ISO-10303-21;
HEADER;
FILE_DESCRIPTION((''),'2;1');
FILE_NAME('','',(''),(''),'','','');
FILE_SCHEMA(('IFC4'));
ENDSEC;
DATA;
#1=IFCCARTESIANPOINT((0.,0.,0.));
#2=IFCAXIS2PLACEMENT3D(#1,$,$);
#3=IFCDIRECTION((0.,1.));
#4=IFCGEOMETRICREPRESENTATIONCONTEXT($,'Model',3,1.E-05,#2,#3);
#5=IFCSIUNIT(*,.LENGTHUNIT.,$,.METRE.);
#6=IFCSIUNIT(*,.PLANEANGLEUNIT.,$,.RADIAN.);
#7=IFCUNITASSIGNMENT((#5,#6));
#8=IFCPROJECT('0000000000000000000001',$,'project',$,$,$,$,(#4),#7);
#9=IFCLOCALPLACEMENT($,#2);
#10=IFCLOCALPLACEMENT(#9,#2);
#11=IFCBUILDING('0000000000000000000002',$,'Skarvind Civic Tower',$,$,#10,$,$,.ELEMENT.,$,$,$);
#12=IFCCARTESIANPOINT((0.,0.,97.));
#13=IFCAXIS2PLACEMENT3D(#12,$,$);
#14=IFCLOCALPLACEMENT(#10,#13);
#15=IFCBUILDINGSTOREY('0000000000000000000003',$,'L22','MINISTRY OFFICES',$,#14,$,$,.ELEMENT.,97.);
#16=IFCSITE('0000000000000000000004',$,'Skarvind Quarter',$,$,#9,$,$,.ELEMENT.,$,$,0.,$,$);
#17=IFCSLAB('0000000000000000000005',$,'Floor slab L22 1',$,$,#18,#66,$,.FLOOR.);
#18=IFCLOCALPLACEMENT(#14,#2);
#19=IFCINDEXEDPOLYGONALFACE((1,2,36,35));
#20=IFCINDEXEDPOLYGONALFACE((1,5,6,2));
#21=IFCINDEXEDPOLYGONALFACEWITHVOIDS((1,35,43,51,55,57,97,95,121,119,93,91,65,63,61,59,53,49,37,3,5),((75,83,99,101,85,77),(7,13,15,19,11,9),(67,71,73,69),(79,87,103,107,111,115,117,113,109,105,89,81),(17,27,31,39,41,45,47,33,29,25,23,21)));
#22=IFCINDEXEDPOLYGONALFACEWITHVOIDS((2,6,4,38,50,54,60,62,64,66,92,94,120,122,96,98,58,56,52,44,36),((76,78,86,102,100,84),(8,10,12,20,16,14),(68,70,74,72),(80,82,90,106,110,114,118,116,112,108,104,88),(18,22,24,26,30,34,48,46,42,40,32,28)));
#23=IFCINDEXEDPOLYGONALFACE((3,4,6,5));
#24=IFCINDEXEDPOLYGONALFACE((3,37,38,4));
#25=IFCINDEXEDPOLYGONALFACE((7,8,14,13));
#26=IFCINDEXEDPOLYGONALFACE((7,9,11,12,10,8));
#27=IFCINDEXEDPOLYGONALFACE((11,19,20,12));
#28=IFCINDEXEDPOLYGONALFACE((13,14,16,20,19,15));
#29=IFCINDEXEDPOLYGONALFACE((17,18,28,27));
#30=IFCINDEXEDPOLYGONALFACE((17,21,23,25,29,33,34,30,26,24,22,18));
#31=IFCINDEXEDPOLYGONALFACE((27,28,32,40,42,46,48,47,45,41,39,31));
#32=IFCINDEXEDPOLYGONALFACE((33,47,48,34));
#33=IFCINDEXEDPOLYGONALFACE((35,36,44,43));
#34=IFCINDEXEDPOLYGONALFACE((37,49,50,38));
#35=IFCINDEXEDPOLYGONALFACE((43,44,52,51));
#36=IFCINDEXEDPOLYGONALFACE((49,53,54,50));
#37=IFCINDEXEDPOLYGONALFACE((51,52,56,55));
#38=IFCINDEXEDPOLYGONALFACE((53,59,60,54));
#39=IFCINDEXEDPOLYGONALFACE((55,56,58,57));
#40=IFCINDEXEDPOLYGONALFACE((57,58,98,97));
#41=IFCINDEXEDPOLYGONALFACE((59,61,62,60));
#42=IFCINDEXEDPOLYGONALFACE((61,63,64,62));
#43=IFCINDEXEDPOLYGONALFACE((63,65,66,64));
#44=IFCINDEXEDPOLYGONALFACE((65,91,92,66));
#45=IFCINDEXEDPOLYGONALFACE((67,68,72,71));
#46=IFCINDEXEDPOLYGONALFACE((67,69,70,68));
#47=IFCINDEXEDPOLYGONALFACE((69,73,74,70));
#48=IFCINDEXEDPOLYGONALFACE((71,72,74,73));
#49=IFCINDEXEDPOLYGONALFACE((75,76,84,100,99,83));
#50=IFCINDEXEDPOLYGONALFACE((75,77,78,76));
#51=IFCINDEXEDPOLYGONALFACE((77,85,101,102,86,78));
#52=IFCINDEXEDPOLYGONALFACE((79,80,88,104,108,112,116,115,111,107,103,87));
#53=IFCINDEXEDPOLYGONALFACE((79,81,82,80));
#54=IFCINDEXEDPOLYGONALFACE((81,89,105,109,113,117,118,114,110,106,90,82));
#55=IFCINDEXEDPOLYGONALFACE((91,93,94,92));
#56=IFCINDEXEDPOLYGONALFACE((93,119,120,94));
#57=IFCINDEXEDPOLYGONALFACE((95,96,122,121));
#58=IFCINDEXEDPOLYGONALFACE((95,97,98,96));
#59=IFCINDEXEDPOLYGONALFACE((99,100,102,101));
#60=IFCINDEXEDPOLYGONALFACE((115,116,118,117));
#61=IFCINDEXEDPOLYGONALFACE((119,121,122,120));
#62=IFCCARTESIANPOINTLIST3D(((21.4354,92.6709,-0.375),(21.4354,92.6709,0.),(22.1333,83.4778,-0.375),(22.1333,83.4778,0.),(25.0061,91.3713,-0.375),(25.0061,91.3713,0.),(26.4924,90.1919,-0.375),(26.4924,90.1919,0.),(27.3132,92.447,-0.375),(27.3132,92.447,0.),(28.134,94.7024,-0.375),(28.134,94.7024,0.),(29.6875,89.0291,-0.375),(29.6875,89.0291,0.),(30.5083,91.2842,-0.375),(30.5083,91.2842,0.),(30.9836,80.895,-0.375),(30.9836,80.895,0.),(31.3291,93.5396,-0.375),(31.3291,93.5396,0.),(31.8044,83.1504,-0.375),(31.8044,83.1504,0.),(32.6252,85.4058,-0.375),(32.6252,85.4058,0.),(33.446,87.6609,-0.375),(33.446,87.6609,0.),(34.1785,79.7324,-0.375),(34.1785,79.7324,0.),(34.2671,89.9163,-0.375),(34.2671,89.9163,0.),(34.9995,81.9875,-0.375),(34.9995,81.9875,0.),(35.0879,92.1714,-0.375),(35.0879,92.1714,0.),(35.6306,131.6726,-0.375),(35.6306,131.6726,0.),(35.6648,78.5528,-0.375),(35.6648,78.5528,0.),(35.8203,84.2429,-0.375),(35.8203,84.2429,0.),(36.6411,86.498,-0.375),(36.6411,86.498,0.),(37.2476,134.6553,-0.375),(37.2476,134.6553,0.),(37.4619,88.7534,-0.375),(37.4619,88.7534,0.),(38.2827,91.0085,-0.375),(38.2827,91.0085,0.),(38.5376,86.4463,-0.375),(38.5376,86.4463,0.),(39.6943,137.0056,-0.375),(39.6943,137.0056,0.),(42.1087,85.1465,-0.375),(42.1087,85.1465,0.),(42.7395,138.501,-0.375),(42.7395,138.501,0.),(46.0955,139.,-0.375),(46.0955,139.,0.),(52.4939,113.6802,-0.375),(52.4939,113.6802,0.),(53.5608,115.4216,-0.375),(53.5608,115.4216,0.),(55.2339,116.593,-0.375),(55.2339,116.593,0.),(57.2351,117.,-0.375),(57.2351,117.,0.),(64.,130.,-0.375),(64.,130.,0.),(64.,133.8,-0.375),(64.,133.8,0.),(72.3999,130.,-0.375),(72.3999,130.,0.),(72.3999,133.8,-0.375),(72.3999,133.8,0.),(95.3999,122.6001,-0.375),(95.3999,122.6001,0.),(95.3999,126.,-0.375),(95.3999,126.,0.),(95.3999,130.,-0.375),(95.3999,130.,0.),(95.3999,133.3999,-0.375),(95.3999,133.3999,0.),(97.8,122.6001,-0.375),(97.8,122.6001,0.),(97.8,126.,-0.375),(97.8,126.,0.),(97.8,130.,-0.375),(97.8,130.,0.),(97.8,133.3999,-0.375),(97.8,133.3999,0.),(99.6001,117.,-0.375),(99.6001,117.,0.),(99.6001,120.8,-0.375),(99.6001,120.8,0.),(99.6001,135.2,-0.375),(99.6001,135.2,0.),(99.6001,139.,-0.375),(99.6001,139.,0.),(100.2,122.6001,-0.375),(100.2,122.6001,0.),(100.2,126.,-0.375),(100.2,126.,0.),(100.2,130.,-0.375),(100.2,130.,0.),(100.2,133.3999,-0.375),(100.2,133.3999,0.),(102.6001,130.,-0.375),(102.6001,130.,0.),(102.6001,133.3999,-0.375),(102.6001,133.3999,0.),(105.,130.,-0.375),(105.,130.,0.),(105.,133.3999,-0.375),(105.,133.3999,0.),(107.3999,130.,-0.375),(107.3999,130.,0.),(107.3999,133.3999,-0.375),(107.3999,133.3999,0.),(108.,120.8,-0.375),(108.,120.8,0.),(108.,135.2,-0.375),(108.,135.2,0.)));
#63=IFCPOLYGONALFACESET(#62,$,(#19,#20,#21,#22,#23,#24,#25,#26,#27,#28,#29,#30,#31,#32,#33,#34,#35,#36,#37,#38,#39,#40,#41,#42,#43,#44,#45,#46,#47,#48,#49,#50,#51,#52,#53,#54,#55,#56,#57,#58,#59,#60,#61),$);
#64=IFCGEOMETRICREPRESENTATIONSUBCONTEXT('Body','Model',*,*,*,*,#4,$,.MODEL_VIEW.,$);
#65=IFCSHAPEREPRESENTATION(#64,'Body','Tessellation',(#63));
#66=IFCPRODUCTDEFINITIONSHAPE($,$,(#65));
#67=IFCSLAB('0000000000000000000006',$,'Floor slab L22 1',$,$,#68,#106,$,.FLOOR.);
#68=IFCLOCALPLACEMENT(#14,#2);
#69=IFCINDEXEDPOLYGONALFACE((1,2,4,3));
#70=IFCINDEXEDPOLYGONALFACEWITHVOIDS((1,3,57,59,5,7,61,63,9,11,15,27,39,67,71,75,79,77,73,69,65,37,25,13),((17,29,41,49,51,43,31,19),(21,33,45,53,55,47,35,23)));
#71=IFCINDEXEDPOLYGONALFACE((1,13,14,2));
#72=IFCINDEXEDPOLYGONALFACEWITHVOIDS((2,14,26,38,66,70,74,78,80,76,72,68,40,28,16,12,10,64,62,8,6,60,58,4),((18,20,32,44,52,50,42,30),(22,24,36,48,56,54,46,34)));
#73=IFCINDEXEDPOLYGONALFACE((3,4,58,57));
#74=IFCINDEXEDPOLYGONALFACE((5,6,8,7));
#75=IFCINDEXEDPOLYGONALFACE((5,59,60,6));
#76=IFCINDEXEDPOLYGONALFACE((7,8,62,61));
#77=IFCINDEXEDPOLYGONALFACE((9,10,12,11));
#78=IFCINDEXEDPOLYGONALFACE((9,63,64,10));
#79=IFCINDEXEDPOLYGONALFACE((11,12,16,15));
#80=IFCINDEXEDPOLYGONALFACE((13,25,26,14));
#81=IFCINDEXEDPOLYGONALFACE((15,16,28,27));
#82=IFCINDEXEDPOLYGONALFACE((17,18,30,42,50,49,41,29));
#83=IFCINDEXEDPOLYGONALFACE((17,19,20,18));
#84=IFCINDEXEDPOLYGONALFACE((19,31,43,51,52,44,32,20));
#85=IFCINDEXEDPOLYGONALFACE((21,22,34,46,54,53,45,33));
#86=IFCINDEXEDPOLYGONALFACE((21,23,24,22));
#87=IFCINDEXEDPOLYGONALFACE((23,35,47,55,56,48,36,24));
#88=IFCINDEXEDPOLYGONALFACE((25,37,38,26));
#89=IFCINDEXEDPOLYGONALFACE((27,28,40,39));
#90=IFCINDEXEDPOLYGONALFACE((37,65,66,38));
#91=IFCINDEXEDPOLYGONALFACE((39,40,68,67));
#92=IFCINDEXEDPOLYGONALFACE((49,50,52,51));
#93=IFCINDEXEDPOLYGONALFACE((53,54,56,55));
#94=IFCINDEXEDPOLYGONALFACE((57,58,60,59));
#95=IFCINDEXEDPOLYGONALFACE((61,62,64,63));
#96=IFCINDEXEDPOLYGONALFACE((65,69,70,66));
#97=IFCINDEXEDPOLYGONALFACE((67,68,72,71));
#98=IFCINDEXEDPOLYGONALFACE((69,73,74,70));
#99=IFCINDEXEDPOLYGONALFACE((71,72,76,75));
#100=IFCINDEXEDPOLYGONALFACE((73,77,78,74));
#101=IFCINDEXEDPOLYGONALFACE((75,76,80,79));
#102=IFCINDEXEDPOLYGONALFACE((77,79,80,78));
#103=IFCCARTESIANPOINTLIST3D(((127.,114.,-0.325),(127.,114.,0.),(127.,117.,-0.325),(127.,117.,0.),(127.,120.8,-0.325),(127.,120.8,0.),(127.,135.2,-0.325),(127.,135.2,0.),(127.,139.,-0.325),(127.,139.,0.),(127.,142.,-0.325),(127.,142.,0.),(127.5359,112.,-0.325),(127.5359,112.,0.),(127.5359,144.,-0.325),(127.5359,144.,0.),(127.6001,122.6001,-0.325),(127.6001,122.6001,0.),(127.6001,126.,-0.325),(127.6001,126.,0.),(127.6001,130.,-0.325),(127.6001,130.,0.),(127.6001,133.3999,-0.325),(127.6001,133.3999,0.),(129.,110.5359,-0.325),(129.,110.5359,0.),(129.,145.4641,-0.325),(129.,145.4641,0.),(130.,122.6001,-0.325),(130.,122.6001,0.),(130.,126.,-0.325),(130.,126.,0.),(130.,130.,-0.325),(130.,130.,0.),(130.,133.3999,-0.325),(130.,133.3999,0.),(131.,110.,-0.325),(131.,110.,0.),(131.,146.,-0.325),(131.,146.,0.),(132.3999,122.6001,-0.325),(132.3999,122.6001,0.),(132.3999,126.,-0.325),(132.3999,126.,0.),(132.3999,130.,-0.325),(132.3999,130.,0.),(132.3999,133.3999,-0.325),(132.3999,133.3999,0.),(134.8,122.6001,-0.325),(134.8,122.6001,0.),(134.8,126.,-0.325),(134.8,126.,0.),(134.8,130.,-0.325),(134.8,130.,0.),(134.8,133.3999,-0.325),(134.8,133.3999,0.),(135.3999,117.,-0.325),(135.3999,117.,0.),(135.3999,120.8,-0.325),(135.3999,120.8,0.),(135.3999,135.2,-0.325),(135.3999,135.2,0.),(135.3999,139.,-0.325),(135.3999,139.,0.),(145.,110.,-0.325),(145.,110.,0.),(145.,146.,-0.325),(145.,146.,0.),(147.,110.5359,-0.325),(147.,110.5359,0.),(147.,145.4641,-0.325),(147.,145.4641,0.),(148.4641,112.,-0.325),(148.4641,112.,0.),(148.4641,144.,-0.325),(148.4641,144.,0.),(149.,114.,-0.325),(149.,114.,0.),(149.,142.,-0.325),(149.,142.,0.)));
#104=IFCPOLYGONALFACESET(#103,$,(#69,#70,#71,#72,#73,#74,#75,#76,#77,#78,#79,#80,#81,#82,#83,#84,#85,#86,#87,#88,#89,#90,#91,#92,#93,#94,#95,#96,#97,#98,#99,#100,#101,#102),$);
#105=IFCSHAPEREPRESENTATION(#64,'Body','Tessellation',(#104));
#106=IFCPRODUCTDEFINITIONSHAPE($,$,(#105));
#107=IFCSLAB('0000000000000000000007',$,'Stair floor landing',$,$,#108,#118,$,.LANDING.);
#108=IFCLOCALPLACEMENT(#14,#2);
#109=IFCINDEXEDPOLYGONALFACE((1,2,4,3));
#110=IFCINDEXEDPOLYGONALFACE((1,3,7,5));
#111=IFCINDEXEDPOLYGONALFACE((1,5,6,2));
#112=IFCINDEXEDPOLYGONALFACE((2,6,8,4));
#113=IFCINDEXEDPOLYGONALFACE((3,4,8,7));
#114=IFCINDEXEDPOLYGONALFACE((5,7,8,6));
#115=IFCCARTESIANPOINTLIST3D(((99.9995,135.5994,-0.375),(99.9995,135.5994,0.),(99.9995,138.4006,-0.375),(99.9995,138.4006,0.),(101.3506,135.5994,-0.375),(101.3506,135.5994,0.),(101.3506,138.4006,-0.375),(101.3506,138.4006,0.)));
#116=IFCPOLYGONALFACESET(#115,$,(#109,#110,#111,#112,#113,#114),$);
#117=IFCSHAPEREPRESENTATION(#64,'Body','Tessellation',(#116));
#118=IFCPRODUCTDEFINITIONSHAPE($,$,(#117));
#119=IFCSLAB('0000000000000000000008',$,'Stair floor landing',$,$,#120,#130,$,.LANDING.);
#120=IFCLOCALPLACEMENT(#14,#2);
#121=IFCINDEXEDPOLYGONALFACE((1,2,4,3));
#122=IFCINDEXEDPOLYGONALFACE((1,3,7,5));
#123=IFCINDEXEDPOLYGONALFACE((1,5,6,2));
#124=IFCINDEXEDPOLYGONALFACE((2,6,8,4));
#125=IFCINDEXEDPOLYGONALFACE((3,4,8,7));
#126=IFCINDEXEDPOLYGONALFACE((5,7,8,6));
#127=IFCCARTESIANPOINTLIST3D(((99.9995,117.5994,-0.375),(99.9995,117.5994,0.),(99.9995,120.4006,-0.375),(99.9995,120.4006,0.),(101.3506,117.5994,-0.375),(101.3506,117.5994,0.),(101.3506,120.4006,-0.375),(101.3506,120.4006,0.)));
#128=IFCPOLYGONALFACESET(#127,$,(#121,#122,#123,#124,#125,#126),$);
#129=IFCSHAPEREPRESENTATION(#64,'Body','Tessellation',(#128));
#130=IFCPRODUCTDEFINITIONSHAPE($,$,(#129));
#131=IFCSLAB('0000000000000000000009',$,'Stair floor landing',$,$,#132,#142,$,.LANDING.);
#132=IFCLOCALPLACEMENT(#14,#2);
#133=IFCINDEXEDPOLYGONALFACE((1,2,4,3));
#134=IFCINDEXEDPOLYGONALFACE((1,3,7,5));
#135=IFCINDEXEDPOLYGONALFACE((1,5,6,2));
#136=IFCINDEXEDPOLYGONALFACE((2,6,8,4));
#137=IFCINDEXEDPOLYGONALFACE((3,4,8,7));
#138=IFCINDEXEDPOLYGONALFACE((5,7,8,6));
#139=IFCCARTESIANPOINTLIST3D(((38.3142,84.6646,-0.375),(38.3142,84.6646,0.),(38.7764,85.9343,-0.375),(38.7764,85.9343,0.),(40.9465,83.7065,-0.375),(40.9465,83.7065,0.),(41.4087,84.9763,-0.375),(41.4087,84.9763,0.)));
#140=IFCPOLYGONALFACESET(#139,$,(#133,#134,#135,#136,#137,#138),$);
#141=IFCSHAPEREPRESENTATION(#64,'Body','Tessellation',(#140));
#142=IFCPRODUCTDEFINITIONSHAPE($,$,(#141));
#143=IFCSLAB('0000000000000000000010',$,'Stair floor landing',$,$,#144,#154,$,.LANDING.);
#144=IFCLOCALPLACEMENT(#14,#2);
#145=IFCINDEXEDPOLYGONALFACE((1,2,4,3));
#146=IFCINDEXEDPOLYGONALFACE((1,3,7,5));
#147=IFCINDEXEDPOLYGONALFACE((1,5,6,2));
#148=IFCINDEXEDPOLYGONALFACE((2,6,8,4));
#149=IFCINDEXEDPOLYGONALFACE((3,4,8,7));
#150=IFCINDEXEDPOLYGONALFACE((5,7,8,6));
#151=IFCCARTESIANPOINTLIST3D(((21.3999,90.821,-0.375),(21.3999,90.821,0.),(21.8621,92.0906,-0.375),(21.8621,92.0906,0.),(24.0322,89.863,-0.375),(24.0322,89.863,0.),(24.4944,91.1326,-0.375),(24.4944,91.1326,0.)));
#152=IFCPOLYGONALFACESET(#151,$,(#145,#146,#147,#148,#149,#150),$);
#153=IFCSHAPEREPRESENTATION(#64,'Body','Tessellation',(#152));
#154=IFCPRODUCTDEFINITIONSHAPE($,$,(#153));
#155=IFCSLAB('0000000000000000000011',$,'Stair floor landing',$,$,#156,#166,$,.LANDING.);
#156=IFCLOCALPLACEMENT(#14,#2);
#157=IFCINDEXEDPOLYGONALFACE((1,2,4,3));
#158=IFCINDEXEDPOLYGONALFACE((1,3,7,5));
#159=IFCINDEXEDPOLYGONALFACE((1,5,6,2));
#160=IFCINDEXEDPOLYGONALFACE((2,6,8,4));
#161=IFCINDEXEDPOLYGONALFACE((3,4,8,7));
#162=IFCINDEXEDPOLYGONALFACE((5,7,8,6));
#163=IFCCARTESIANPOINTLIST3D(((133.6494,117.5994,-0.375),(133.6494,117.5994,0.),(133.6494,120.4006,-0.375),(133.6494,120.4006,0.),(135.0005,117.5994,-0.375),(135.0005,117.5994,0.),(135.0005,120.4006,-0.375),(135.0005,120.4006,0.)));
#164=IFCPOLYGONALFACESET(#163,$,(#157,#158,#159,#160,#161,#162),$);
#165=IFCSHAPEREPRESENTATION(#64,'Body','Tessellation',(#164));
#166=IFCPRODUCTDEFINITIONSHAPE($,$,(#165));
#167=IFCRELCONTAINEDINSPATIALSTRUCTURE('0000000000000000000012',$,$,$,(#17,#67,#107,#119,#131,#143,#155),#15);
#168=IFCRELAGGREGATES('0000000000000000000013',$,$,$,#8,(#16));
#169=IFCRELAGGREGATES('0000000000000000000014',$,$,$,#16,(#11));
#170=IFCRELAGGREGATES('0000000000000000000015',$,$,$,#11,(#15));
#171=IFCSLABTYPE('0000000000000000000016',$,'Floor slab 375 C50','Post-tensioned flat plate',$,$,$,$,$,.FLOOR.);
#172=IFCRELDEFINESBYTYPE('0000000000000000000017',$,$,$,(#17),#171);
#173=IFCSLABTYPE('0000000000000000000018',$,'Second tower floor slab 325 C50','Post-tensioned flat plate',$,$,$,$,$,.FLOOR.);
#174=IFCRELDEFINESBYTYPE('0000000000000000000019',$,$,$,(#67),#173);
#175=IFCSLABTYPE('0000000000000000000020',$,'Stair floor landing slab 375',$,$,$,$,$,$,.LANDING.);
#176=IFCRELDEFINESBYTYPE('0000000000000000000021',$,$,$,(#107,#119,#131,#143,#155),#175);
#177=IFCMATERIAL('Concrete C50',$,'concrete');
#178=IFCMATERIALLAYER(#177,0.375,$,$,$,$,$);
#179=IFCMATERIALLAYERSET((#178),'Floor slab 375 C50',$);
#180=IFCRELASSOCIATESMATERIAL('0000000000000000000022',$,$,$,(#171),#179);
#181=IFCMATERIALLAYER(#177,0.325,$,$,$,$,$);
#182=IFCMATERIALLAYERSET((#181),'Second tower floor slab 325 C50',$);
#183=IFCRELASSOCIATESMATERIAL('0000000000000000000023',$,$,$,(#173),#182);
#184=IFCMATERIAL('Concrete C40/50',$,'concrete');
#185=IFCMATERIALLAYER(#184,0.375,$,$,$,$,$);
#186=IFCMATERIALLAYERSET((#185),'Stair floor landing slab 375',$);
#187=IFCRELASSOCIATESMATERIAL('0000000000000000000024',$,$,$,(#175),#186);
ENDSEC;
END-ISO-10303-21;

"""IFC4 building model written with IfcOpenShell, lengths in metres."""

from ifc_helpers import new_model, si_unit, direction, frame, origin, place, context, subcontext, project, spatial, polyline, outline, extrude, material, layer, layer_set, type_object, element, save


model = new_model("IFC4")

# Units and contexts
model_context = context("Model", 3, precision=1e-05, world=origin(), true_north=direction((0.0, 1.0)))
body_context = subcontext(model_context, "Body", "Model", "MODEL_VIEW")
ifc_project = project(units=[si_unit("LENGTHUNIT", "METRE"), si_unit("PLANEANGLEUNIT", "RADIAN")], contexts=[model_context])

# Site, building, storey
site_placement = place(None, origin())
site = spatial("IfcSite", under=ifc_project, at=site_placement, Name="Skarvind Quarter", CompositionType="ELEMENT", RefElevation=0.0)
building_placement = place(site_placement, origin())
building = spatial("IfcBuilding", under=site, at=building_placement, Name="Skarvind Civic Tower", CompositionType="ELEMENT")
storey_placement = place(building_placement, frame((0.0, 0.0, 97.0)))
storey = spatial("IfcBuildingStorey", under=building, at=storey_placement, Name="L22", Description="MINISTRY OFFICES", CompositionType="ELEMENT", Elevation=97.0)

# Slabs
ifc_material_1 = material(Name="Concrete C50", Category="concrete")
ifc_layer_1 = layer(ifc_material_1, 0.375)
ifc_layer_set_1 = layer_set([ifc_layer_1], Name="Floor slab 375 C50")
slab_type_1 = type_object("IfcSlabType", Name="Floor slab 375 C50", Description="Post-tensioned flat plate", PredefinedType="FLOOR", material=ifc_layer_set_1)
slab_1_placement = place(storey_placement, frame((0.0, 0.0, -0.375)))
element("IfcSlab", 1, at=slab_1_placement, inside=storey, type_object=slab_type_1, Name="Floor slab L22 1", PredefinedType="FLOOR", context=body_context, shape_type="SweptSolid", body=[
    extrude(outline(polyline([(99.6001, 117.0), (99.6001, 120.8), (108.0, 120.8), (108.0, 135.2), (99.6001, 135.2), (99.6001, 139.0), (46.0955, 139.0), (42.7395, 138.501), (39.6943, 137.0056), (37.2476, 134.6553), (35.6306, 131.6726), (19.4175, 87.1267), (21.4353, 92.6709), (25.0061, 91.3713), (22.1333, 83.4778), (36.8865, 78.1082), (35.6648, 78.5527), (38.5376, 86.4463), (42.1086, 85.1465), (40.0908, 79.6023), (40.0908, 79.6023), (52.4939, 113.6802), (53.5608, 115.4216), (55.2339, 116.593), (57.2351, 117.0), (99.6001, 117.0)]), holes=[polyline([(32.6252, 85.4058), (33.446, 87.6609), (34.2671, 89.9163), (35.0879, 92.1714), (38.2827, 91.0085), (37.4619, 88.7534), (36.6411, 86.498), (35.8203, 84.2429), (35.8203, 84.2429), (34.9995, 81.9875), (34.1785, 79.7324), (30.9836, 80.895), (31.8044, 83.1504), (32.6252, 85.4058), (32.6252, 85.4058)]), polyline([(31.3291, 93.5396), (30.5083, 91.2842), (29.6875, 89.0291), (26.4924, 90.1919), (27.3132, 92.447), (28.134, 94.7024), (31.3291, 93.5396)]), polyline([(64.0, 130.0), (64.0, 133.8), (72.3999, 133.8), (72.3999, 130.0), (64.0, 130.0)]), polyline([(100.2, 126.0), (100.2, 122.6001), (97.8, 122.6001), (95.3999, 122.6001), (95.3999, 126.0), (97.8, 126.0), (100.2, 126.0)]), polyline([(100.2, 133.3999), (102.6001, 133.3999), (105.0, 133.3999), (107.3999, 133.3999), (107.3999, 130.0), (105.0, 130.0), (102.6001, 130.0), (100.2, 130.0), (97.8, 130.0), (95.3999, 130.0), (95.3999, 133.3999), (97.8, 133.3999), (100.2, 133.3999)])]), origin(), (0.0, 0.0, 1.0), 0.375),
])
ifc_layer_2 = layer(ifc_material_1, 0.325)
ifc_layer_set_2 = layer_set([ifc_layer_2], Name="Second tower floor slab 325 C50")
slab_type_2 = type_object("IfcSlabType", Name="Second tower floor slab 325 C50", Description="Post-tensioned flat plate", PredefinedType="FLOOR", material=ifc_layer_set_2)
slab_2_placement = place(storey_placement, frame((0.0, 0.0, -0.325)))
element("IfcSlab", 2, at=slab_2_placement, inside=storey, type_object=slab_type_2, Name="Floor slab L22 1", PredefinedType="FLOOR", context=body_context, shape_type="SweptSolid", body=[
    extrude(outline(polyline([(127.0, 139.0), (135.3999, 139.0), (135.3999, 135.2), (127.0, 135.2), (127.0, 120.8), (135.3999, 120.8), (135.3999, 117.0), (127.0, 117.0), (127.0, 114.0), (127.5359, 112.0), (129.0, 110.5359), (131.0, 110.0), (145.0, 110.0), (147.0, 110.5359), (148.4641, 112.0), (149.0, 114.0), (149.0, 142.0), (148.4641, 144.0), (147.0, 145.4641), (145.0, 146.0), (131.0, 146.0), (129.0, 145.4641), (127.5359, 144.0), (127.0, 142.0), (127.0, 139.0)]), holes=[polyline([(132.3999, 126.0), (134.8, 126.0), (134.8, 122.6001), (132.3999, 122.6001), (130.0, 122.6001), (127.6001, 122.6001), (127.6001, 126.0), (130.0, 126.0), (132.3999, 126.0)]), polyline([(130.0, 133.3999), (132.3999, 133.3999), (134.8, 133.3999), (134.8, 130.0), (132.3999, 130.0), (130.0, 130.0), (127.6001, 130.0), (127.6001, 133.3999), (130.0, 133.3999)])]), origin(), (0.0, 0.0, 1.0), 0.325),
])
ifc_material_2 = material(Name="Concrete C40/50", Category="concrete")
ifc_layer_3 = layer(ifc_material_2, 0.375)
ifc_layer_set_3 = layer_set([ifc_layer_3], Name="Stair floor landing slab 375")
slab_type_3 = type_object("IfcSlabType", Name="Stair floor landing slab 375", PredefinedType="LANDING", material=ifc_layer_set_3)
slab_3_placement = place(storey_placement, frame((0.0, 0.0, -0.375)))
element("IfcSlab", 3, at=slab_3_placement, inside=storey, type_object=slab_type_3, Name="Stair floor landing", PredefinedType="LANDING", context=body_context, shape_type="SweptSolid", body=[
    extrude(outline(polyline([(101.3506, 138.4006), (101.3506, 135.5994), (99.9995, 135.5994), (99.9995, 138.4006), (101.3506, 138.4006)])), origin(), (0.0, 0.0, 1.0), 0.375),
])
slab_4_placement = place(storey_placement, frame((0.0, 0.0, -0.375)))
element("IfcSlab", 4, at=slab_4_placement, inside=storey, type_object=slab_type_3, Name="Stair floor landing", PredefinedType="LANDING", context=body_context, shape_type="SweptSolid", body=[
    extrude(outline(polyline([(101.3506, 120.4006), (101.3506, 117.5994), (99.9995, 117.5994), (99.9995, 120.4006), (101.3506, 120.4006)])), origin(), (0.0, 0.0, 1.0), 0.375),
])
slab_5_placement = place(storey_placement, frame((0.0, 0.0, -0.375)))
element("IfcSlab", 5, at=slab_5_placement, inside=storey, type_object=slab_type_3, Name="Stair floor landing", PredefinedType="LANDING", context=body_context, shape_type="SweptSolid", body=[
    extrude(outline(polyline([(40.9465, 83.7065), (38.3142, 84.6646), (38.7764, 85.9343), (41.4087, 84.9763), (40.9465, 83.7065)])), origin(), (0.0, 0.0, 1.0), 0.375),
])
slab_6_placement = place(storey_placement, frame((0.0, 0.0, -0.375)))
element("IfcSlab", 6, at=slab_6_placement, inside=storey, type_object=slab_type_3, Name="Stair floor landing", PredefinedType="LANDING", context=body_context, shape_type="SweptSolid", body=[
    extrude(outline(polyline([(24.0322, 89.863), (21.3999, 90.821), (21.8621, 92.0906), (24.4944, 91.1326), (24.0322, 89.863)])), origin(), (0.0, 0.0, 1.0), 0.375),
])
slab_7_placement = place(storey_placement, frame((0.0, 0.0, -0.375)))
element("IfcSlab", 7, at=slab_7_placement, inside=storey, type_object=slab_type_3, Name="Stair floor landing", PredefinedType="LANDING", context=body_context, shape_type="SweptSolid", body=[
    extrude(outline(polyline([(133.6494, 117.5994), (133.6494, 120.4006), (135.0005, 120.4006), (135.0005, 117.5994), (133.6494, 117.5994)])), origin(), (0.0, 0.0, 1.0), 0.375),
])

save(model, "model.ifc")
